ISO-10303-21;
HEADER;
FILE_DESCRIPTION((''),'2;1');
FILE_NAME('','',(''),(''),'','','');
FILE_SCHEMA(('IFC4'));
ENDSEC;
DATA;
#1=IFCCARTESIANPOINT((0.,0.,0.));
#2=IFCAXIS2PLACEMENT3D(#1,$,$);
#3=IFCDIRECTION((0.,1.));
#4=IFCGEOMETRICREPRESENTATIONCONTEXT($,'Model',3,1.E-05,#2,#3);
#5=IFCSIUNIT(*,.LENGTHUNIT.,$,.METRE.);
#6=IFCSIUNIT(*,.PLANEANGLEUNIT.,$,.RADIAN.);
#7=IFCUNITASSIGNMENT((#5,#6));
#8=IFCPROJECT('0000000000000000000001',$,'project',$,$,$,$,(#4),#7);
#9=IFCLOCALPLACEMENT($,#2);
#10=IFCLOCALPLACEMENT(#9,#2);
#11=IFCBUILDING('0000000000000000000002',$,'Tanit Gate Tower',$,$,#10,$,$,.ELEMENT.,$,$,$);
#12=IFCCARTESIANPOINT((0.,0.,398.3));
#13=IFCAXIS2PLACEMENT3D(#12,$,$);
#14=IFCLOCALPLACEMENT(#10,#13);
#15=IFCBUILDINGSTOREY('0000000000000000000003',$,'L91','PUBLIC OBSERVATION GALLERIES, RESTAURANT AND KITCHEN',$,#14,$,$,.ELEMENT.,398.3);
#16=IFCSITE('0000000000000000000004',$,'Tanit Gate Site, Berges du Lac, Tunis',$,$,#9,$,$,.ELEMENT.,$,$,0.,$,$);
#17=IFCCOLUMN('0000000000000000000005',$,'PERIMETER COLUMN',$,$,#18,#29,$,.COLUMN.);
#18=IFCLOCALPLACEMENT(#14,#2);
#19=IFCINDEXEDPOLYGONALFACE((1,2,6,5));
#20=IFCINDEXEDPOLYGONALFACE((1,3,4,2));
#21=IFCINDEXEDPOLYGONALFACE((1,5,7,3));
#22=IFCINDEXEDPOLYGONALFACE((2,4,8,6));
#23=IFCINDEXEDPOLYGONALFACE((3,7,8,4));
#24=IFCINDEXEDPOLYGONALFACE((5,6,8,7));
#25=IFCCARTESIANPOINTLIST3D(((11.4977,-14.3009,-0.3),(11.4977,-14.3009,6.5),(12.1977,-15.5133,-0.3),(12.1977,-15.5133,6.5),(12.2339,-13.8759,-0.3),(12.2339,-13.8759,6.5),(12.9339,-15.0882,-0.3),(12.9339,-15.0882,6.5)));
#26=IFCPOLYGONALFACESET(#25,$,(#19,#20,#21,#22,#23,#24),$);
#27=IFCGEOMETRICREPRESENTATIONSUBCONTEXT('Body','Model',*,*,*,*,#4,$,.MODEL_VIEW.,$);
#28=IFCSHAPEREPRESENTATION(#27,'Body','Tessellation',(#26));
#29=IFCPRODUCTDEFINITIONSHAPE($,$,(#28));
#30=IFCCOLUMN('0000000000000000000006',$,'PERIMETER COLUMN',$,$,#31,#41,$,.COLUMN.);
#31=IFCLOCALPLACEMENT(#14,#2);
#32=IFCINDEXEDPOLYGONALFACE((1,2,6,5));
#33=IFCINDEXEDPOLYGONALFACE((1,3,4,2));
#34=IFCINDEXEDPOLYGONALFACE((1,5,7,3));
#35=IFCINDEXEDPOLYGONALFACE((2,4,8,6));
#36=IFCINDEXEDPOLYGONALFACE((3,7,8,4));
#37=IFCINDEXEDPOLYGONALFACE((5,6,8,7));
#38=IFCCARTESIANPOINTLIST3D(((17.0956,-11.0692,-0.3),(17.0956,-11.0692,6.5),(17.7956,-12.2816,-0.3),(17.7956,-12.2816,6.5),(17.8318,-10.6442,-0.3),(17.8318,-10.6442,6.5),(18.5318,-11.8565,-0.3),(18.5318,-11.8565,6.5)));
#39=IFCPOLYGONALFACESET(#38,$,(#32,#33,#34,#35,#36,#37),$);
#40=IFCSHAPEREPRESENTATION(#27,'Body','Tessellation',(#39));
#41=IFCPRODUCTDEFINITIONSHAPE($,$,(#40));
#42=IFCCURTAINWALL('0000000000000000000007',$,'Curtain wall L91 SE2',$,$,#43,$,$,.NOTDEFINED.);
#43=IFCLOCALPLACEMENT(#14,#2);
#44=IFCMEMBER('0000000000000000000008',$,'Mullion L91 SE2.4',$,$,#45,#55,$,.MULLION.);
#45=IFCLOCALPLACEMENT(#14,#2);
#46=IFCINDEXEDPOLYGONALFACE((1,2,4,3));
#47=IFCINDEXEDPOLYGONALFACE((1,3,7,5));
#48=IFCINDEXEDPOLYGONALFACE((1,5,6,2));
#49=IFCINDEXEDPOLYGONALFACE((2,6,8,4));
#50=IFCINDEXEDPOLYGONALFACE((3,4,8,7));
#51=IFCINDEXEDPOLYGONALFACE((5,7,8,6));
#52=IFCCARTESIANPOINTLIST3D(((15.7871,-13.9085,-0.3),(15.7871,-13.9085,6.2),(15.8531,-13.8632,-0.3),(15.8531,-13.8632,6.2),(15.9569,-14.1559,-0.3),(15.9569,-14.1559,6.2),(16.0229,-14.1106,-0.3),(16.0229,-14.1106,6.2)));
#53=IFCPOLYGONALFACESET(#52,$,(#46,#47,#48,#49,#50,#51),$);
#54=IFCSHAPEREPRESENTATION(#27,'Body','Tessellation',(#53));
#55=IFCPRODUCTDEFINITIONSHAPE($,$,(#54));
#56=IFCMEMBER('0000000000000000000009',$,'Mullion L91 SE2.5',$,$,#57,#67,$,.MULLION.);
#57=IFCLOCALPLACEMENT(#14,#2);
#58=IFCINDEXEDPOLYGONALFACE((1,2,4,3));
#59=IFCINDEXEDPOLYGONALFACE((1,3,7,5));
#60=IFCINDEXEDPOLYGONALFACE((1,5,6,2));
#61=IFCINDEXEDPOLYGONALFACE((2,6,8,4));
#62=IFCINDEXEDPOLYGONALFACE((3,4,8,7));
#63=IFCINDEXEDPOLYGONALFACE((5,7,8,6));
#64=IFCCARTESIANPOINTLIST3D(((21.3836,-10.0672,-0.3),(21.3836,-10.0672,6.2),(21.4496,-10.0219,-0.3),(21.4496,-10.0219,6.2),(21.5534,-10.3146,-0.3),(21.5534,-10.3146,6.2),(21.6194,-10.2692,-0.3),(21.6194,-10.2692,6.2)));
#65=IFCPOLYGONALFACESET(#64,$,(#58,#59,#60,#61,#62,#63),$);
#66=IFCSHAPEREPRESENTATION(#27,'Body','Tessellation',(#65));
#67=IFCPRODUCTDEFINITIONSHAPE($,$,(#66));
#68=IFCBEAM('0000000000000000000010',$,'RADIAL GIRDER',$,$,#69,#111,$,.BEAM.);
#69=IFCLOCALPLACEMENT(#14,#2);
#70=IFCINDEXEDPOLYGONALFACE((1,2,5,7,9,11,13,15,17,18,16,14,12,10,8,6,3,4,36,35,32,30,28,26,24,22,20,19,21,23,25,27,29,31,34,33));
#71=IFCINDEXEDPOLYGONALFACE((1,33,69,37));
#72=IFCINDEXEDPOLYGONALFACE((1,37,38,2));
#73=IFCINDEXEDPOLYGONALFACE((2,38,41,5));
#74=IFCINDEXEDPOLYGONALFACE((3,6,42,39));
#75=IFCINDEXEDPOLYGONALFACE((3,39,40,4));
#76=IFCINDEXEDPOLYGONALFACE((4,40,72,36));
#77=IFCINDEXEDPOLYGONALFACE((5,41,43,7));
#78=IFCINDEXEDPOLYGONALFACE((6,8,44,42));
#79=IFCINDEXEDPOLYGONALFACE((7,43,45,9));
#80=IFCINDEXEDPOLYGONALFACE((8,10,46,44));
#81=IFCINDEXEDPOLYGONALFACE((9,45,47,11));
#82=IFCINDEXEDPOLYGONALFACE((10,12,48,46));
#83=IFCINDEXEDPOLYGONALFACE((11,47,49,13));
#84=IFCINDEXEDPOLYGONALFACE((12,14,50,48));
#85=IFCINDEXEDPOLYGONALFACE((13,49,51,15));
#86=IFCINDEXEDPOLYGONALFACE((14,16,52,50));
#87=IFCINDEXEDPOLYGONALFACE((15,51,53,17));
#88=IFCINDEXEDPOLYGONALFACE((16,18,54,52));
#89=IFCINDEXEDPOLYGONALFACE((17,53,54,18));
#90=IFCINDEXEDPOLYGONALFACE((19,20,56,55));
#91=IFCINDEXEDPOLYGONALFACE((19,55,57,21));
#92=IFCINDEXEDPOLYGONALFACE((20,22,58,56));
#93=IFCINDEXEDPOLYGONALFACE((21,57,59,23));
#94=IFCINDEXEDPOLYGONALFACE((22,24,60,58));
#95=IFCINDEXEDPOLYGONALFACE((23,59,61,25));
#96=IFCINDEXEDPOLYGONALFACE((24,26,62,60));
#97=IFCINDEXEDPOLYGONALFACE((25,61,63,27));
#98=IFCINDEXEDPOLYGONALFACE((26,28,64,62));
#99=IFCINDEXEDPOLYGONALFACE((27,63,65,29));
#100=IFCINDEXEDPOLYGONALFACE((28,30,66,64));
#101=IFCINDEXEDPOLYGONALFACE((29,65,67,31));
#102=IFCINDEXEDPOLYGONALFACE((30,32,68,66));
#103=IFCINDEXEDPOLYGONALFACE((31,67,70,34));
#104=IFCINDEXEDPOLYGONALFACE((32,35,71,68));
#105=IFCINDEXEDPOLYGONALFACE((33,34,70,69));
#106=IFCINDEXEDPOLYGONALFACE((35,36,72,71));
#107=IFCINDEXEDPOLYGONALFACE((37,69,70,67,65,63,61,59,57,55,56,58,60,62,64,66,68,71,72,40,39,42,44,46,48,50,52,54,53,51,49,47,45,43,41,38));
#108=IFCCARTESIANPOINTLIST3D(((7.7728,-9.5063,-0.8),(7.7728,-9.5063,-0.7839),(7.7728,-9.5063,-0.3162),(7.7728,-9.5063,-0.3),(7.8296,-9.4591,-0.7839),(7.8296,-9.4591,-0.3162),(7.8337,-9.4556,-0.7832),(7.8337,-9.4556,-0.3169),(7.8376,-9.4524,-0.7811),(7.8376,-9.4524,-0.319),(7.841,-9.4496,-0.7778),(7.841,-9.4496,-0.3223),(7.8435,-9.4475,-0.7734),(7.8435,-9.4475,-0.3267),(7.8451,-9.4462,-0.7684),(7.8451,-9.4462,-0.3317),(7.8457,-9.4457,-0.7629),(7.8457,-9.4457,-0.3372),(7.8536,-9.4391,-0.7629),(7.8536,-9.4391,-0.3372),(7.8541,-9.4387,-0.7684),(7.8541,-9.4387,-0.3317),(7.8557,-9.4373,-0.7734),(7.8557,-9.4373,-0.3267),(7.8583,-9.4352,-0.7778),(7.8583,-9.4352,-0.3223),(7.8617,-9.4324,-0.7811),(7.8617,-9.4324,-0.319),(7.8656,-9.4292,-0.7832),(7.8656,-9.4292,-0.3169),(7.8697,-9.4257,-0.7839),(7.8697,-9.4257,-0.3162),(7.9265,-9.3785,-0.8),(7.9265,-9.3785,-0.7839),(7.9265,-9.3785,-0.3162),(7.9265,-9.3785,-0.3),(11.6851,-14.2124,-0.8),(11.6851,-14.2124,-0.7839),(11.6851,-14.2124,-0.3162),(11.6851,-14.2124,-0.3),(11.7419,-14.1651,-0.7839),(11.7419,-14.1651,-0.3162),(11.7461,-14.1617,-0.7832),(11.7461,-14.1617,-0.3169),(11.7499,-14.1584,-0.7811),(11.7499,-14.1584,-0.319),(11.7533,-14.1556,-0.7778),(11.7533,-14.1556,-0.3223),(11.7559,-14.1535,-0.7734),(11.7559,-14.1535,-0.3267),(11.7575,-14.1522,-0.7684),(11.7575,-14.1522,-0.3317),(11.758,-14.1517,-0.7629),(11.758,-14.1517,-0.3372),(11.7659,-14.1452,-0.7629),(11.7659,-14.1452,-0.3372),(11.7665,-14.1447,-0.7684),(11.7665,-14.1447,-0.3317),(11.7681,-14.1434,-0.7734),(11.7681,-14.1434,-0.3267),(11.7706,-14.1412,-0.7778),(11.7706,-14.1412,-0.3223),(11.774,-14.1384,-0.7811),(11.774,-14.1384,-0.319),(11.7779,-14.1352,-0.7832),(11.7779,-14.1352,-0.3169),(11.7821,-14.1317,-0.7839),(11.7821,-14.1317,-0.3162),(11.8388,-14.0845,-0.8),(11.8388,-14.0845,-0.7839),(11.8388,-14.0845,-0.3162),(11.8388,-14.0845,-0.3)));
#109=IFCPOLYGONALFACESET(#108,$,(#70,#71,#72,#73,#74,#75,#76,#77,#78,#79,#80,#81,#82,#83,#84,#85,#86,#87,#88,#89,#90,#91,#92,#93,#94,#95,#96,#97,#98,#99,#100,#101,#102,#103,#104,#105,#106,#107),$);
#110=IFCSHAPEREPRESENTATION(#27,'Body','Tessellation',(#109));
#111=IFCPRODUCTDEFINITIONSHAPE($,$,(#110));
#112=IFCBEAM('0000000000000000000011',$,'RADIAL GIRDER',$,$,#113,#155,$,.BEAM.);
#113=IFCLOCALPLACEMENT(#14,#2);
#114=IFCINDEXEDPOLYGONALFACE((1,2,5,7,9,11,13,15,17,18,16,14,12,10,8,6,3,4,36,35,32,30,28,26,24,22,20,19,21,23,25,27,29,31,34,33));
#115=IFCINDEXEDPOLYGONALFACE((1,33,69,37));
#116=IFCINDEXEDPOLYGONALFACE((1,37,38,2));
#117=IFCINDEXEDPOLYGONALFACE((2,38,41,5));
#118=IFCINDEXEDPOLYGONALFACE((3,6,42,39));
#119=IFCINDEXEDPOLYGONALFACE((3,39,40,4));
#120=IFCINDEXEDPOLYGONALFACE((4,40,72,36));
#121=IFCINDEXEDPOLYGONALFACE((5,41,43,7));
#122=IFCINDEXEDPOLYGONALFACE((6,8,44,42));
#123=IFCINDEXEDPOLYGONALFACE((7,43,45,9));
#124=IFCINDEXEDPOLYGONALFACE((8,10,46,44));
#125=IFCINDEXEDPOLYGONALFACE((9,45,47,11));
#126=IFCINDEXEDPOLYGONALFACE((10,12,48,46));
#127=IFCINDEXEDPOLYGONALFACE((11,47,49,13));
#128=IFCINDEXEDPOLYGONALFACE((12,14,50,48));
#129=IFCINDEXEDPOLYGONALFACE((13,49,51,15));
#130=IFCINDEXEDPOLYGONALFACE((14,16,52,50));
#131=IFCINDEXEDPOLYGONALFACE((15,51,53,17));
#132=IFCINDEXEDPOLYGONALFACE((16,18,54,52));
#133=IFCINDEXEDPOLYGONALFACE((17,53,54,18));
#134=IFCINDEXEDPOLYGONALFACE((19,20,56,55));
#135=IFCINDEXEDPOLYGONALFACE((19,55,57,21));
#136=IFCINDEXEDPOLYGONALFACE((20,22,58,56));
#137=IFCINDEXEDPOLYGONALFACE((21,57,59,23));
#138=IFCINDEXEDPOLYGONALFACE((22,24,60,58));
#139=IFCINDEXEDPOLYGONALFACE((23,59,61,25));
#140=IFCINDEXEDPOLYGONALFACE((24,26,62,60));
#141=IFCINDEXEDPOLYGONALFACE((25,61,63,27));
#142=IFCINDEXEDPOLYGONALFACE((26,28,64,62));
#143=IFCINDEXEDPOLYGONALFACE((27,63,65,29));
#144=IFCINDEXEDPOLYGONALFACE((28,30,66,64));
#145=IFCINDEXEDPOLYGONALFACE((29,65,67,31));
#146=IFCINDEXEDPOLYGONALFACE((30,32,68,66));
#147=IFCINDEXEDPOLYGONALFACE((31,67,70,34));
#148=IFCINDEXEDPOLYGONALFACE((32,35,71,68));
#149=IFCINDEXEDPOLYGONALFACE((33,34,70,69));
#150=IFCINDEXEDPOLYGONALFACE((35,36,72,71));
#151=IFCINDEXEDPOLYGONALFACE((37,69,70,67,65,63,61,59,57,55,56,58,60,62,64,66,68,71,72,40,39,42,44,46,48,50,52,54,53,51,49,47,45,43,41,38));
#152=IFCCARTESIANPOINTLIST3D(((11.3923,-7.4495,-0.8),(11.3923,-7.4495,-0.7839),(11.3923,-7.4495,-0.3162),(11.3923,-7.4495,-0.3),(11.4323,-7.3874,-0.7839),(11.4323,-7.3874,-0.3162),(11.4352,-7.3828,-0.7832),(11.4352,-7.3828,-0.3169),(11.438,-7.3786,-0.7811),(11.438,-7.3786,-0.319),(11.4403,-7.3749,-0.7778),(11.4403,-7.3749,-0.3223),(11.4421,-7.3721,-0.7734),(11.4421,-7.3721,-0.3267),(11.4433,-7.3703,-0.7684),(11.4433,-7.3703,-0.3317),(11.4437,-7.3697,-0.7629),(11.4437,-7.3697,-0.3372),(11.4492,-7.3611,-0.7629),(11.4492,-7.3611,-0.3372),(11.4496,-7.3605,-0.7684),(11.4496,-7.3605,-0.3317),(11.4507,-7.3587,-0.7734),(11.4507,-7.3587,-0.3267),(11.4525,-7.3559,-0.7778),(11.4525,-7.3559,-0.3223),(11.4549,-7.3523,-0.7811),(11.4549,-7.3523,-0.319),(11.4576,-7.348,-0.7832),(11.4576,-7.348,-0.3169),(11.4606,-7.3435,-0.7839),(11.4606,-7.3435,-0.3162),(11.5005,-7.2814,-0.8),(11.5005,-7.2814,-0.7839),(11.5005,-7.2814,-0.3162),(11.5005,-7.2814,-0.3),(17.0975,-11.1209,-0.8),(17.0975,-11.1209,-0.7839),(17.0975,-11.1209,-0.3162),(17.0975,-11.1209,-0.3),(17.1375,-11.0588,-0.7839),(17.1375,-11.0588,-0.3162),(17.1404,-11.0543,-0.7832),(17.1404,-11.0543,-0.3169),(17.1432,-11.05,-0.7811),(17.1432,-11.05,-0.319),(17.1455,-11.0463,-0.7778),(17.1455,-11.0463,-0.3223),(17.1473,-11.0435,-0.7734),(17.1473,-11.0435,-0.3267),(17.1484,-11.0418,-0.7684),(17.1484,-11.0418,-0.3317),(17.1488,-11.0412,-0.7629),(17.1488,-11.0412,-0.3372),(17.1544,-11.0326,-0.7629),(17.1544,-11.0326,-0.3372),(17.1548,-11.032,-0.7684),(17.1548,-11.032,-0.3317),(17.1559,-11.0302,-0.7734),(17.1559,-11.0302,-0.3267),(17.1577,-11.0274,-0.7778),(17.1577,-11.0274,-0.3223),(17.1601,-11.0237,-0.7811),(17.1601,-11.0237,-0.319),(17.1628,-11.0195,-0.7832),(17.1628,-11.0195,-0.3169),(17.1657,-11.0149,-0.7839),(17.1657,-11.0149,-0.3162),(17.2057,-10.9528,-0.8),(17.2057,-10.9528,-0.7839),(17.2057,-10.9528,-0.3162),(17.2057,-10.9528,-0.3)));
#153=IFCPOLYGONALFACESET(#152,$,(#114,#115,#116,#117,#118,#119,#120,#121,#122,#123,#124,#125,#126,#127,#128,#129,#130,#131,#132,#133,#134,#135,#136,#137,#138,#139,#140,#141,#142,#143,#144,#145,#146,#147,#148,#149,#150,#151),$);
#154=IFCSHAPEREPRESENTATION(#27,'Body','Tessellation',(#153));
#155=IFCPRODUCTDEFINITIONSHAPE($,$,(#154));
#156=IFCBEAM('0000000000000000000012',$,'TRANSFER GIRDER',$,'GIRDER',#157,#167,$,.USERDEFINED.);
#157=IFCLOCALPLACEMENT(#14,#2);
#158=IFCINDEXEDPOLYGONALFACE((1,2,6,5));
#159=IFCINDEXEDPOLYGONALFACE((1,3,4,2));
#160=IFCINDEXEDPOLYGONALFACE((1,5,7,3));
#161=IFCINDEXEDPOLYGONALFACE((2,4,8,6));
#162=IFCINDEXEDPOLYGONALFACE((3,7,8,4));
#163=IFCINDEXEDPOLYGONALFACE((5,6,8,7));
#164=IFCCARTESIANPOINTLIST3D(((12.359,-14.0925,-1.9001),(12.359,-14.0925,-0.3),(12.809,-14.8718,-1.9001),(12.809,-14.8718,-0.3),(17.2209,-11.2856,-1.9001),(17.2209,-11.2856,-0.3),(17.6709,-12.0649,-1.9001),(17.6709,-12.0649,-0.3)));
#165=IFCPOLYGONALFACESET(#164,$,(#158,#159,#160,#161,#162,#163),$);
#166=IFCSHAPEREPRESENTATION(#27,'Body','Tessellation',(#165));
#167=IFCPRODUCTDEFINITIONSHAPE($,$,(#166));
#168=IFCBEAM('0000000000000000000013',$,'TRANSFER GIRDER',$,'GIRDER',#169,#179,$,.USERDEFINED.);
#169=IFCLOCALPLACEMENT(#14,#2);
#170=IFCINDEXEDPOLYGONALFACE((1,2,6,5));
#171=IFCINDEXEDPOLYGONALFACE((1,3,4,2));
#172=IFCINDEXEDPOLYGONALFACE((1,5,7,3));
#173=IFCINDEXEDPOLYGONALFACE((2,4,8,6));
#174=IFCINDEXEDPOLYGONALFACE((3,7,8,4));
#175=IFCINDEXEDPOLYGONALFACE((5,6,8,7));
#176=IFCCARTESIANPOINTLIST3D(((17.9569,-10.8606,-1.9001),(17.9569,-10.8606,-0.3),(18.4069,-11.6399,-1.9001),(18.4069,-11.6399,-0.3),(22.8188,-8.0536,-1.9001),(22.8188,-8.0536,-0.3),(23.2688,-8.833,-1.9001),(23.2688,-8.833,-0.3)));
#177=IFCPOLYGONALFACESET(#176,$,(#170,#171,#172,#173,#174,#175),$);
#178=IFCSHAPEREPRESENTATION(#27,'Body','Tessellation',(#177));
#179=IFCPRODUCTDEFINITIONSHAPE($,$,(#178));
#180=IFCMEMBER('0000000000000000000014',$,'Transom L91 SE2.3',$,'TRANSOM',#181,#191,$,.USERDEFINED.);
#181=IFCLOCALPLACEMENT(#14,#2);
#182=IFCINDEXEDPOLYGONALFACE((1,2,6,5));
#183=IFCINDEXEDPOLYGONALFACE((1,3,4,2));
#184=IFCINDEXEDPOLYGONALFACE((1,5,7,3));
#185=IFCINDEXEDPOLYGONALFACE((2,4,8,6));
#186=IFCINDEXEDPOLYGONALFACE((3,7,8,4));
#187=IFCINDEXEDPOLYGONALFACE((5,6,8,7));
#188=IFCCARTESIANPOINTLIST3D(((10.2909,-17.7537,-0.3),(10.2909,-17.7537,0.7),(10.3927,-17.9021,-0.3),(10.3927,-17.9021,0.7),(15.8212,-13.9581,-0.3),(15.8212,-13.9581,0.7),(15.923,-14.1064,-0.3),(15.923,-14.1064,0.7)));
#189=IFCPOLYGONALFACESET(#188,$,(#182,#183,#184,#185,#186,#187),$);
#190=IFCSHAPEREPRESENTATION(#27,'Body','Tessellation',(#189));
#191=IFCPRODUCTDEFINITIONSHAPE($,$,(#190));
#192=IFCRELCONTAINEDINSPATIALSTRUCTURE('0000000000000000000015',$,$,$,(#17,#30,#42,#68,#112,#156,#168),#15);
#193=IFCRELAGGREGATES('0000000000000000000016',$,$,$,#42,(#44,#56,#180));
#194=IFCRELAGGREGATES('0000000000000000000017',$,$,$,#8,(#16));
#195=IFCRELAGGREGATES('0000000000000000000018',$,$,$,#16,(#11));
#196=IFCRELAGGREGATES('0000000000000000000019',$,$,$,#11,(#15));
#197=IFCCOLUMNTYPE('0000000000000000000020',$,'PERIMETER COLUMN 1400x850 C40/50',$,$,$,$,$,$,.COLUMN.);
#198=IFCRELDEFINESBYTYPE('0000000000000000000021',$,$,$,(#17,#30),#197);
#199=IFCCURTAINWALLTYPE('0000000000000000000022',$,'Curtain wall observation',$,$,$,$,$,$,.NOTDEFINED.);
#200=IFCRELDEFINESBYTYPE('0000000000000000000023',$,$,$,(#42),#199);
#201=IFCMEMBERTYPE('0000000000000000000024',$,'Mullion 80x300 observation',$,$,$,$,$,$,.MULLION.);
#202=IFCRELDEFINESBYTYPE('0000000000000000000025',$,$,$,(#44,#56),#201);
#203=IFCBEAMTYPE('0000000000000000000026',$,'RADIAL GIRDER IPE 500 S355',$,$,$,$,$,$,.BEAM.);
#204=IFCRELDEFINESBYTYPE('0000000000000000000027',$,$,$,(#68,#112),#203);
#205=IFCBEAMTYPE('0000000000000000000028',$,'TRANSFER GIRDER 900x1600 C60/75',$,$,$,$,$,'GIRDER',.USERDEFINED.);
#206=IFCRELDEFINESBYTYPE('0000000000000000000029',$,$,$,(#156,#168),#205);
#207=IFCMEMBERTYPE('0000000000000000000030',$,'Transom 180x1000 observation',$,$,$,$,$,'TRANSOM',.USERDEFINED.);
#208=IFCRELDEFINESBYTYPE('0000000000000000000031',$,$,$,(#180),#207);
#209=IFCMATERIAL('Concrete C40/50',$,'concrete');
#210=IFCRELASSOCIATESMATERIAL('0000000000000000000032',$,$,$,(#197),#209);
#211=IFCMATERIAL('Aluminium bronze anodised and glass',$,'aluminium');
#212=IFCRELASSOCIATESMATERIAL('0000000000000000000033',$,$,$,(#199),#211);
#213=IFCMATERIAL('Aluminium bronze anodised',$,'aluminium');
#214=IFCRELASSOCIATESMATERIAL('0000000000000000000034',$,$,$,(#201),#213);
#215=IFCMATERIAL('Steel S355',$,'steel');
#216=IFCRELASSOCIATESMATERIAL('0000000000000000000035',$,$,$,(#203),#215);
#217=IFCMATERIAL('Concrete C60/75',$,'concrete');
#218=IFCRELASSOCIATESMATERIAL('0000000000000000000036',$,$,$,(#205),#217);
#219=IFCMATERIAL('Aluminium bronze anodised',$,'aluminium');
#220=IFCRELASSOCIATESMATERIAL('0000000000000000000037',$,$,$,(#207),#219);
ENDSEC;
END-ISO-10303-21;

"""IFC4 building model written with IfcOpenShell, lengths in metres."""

from ifc_helpers import new_model, si_unit, direction, frame, origin, origin_2d, place, context, subcontext, project, spatial, rectangle, i_section, extrude, material, material_profile, profile_set, type_object, element, aggregate, save


model = new_model("IFC4")

# Units and contexts
model_context = context("Model", 3, precision=1e-05, world=origin(), true_north=direction((0.0, 1.0)))
body_context = subcontext(model_context, "Body", "Model", "MODEL_VIEW")
ifc_project = project(units=[si_unit("LENGTHUNIT", "METRE"), si_unit("PLANEANGLEUNIT", "RADIAN")], contexts=[model_context])

# Site, building, storey
site_placement = place(None, origin())
site = spatial("IfcSite", under=ifc_project, at=site_placement, Name="Tanit Gate Site, Berges du Lac, Tunis", CompositionType="ELEMENT", RefElevation=0.0)
building_placement = place(site_placement, origin())
building = spatial("IfcBuilding", under=site, at=building_placement, Name="Tanit Gate Tower", CompositionType="ELEMENT")
storey_placement = place(building_placement, frame((0.0, 0.0, 398.3)))
storey = spatial("IfcBuildingStorey", under=building, at=storey_placement, Name="L91", Description="PUBLIC OBSERVATION GALLERIES, RESTAURANT AND KITCHEN", CompositionType="ELEMENT", Elevation=398.3)

# Columns
ifc_material_1 = material(Name="Concrete C40/50", Category="concrete")
ifc_material_profile_1 = material_profile(ifc_material_1, rectangle(XDim=1.3999, YDim=0.8501, at=origin_2d()), Name="RC 1400x850")
ifc_profile_set_1 = profile_set([ifc_material_profile_1], Name="Concrete C40/50")
column_type = type_object("IfcColumnType", Name="PERIMETER COLUMN 1400x850 C40/50", PredefinedType="COLUMN", material=ifc_profile_set_1)
for number, where, z_axis, x_axis, name in (
    (1, (12.2158, -14.6946, -0.3), (0.0, 0.0, 1.0), (0.5, -0.866025, 0.0), "PERIMETER COLUMN"),
    (2, (17.8137, -11.4629, -0.3), (0.0, 0.0, 1.0), (0.5, -0.866025, 0.0), "PERIMETER COLUMN"),
):
    element("IfcColumn", number, at=place(storey_placement, frame(where, z_axis=z_axis, x_axis=x_axis)), inside=storey, type_object=column_type, Name=name, PredefinedType="COLUMN", context=body_context, shape_type="SweptSolid", body=[
        extrude(rectangle(XDim=1.3999, YDim=0.8501, at=origin_2d()), origin(), (0.0, 0.0, 1.0), 6.8),
    ])

# Curtain wall, members
ifc_material_2 = material(Name="Aluminium bronze anodised and glass", Category="aluminium")
curtain_wall_type = type_object("IfcCurtainWallType", Name="Curtain wall observation", PredefinedType="NOTDEFINED", material=ifc_material_2)
curtain_wall_placement = place(storey_placement, origin())
curtain_wall = element("IfcCurtainWall", 3, at=curtain_wall_placement, inside=storey, type_object=curtain_wall_type, Name="Curtain wall L91 SE2", PredefinedType="NOTDEFINED")
ifc_material_3 = material(Name="Aluminium bronze anodised", Category="aluminium")
ifc_material_profile_2 = material_profile(ifc_material_3, rectangle(XDim=0.3, YDim=0.0801, at=origin_2d()), Name="80x300 bronze mullion")
ifc_profile_set_2 = profile_set([ifc_material_profile_2], Name="Aluminium bronze anodised")
member_type_1 = type_object("IfcMemberType", Name="Mullion 80x300 observation", PredefinedType="MULLION", material=ifc_profile_set_2)
member_1_placement = place(storey_placement, frame((15.905, -14.0095, -0.3), z_axis=(0.0, 0.0, 1.0), x_axis=(-0.565893, 0.824479, 0.0)))
member_1 = element("IfcMember", 4, at=member_1_placement, type_object=member_type_1, Name="Mullion L91 SE2.4", PredefinedType="MULLION", context=body_context, shape_type="SweptSolid", body=[
    extrude(rectangle(XDim=0.3, YDim=0.0801, at=origin_2d()), origin(), (0.0, 0.0, 1.0), 6.5),
])
member_2_placement = place(storey_placement, frame((21.5015, -10.1682, -0.3), z_axis=(0.0, 0.0, 1.0), x_axis=(-0.565893, 0.824479, 0.0)))
member_2 = element("IfcMember", 5, at=member_2_placement, type_object=member_type_1, Name="Mullion L91 SE2.5", PredefinedType="MULLION", context=body_context, shape_type="SweptSolid", body=[
    extrude(rectangle(XDim=0.3, YDim=0.0801, at=origin_2d()), origin(), (0.0, 0.0, 1.0), 6.5),
])

# Beams
ifc_material_4 = material(Name="Steel S355", Category="steel")
ifc_material_profile_3 = material_profile(ifc_material_4, i_section(OverallWidth=0.2, OverallDepth=0.5, WebThickness=0.0103, FlangeThickness=0.0161, FilletRadius=0.021, at=origin_2d()), Name="IPE 500")
ifc_profile_set_3 = profile_set([ifc_material_profile_3], Name="Steel S355")
beam_type_1 = type_object("IfcBeamType", Name="RADIAL GIRDER IPE 500 S355", PredefinedType="BEAM", material=ifc_profile_set_3)
beam_1_placement = place(storey_placement, frame((11.762, -14.1484, -0.55), z_axis=(-0.639281, 0.768973, 0.0), x_axis=(-0.768973, -0.639281, 0.0)))
element("IfcBeam", 6, at=beam_1_placement, inside=storey, type_object=beam_type_1, Name="RADIAL GIRDER", PredefinedType="BEAM", context=body_context, shape_type="SweptSolid", body=[
    extrude(i_section(OverallWidth=0.2, OverallDepth=0.5, WebThickness=0.0103, FlangeThickness=0.0161, FilletRadius=0.021, at=origin_2d()), origin(), (0.0, 0.0, 1.0), 6.1199),
])
beam_2_placement = place(storey_placement, frame((17.1516, -11.0369, -0.55), z_axis=(-0.840921, 0.541158, 0.0), x_axis=(-0.541158, -0.840921, 0.0)))
element("IfcBeam", 7, at=beam_2_placement, inside=storey, type_object=beam_type_1, Name="RADIAL GIRDER", PredefinedType="BEAM", context=body_context, shape_type="SweptSolid", body=[
    extrude(i_section(OverallWidth=0.2, OverallDepth=0.5, WebThickness=0.0103, FlangeThickness=0.0161, FilletRadius=0.021, at=origin_2d()), origin(), (0.0, 0.0, 1.0), 6.7844),
])
ifc_material_5 = material(Name="Concrete C60/75", Category="concrete")
ifc_material_profile_4 = material_profile(ifc_material_5, rectangle(XDim=0.8999, YDim=1.6001, at=origin_2d()), Name="RC 900x1600")
ifc_profile_set_4 = profile_set([ifc_material_profile_4], Name="Concrete C60/75")
beam_type_2 = type_object("IfcBeamType", Name="TRANSFER GIRDER 900x1600 C60/75", ElementType="GIRDER", PredefinedType="USERDEFINED", material=ifc_profile_set_4)
for number, where, z_axis, x_axis, name in (
    (8, (12.584, -14.4822, -1.1001), (0.866032, 0.499988, 0.0), (-0.499988, 0.866032, 0.0), "TRANSFER GIRDER"),
    (9, (18.1819, -11.2502, -1.1001), (0.866032, 0.499988, 0.0), (-0.499988, 0.866032, 0.0), "TRANSFER GIRDER"),
):
    element("IfcBeam", number, at=place(storey_placement, frame(where, z_axis=z_axis, x_axis=x_axis)), inside=storey, type_object=beam_type_2, Name=name, ObjectType="GIRDER", PredefinedType="USERDEFINED", context=body_context, shape_type="SweptSolid", body=[
        extrude(rectangle(XDim=0.8999, YDim=1.6001, at=origin_2d()), origin(), (0.0, 0.0, 1.0), 5.614),
    ])

# Member
ifc_material_6 = material(Name="Aluminium bronze anodised", Category="aluminium")
ifc_material_profile_5 = material_profile(ifc_material_6, rectangle(XDim=0.1799, YDim=1.0, at=origin_2d()), Name="180x1000 bronze transom")
ifc_profile_set_5 = profile_set([ifc_material_profile_5], Name="Aluminium bronze anodised")
member_type_2 = type_object("IfcMemberType", Name="Transom 180x1000 observation", ElementType="TRANSOM", PredefinedType="USERDEFINED", material=ifc_profile_set_5)
member_3_placement = place(storey_placement, frame((10.3418, -17.8279, 0.2), z_axis=(0.824488, 0.56588, 0.0), x_axis=(-0.56588, 0.824488, 0.0)))
member_3 = element("IfcMember", 10, at=member_3_placement, type_object=member_type_2, Name="Transom L91 SE2.3", ObjectType="TRANSOM", PredefinedType="USERDEFINED", context=body_context, shape_type="SweptSolid", body=[
    extrude(rectangle(XDim=0.1799, YDim=1.0, at=origin_2d()), origin(), (0.0, 0.0, 1.0), 6.7075),
])

aggregate(curtain_wall, [member_1, member_2, member_3])

save(model, "model.ifc")
